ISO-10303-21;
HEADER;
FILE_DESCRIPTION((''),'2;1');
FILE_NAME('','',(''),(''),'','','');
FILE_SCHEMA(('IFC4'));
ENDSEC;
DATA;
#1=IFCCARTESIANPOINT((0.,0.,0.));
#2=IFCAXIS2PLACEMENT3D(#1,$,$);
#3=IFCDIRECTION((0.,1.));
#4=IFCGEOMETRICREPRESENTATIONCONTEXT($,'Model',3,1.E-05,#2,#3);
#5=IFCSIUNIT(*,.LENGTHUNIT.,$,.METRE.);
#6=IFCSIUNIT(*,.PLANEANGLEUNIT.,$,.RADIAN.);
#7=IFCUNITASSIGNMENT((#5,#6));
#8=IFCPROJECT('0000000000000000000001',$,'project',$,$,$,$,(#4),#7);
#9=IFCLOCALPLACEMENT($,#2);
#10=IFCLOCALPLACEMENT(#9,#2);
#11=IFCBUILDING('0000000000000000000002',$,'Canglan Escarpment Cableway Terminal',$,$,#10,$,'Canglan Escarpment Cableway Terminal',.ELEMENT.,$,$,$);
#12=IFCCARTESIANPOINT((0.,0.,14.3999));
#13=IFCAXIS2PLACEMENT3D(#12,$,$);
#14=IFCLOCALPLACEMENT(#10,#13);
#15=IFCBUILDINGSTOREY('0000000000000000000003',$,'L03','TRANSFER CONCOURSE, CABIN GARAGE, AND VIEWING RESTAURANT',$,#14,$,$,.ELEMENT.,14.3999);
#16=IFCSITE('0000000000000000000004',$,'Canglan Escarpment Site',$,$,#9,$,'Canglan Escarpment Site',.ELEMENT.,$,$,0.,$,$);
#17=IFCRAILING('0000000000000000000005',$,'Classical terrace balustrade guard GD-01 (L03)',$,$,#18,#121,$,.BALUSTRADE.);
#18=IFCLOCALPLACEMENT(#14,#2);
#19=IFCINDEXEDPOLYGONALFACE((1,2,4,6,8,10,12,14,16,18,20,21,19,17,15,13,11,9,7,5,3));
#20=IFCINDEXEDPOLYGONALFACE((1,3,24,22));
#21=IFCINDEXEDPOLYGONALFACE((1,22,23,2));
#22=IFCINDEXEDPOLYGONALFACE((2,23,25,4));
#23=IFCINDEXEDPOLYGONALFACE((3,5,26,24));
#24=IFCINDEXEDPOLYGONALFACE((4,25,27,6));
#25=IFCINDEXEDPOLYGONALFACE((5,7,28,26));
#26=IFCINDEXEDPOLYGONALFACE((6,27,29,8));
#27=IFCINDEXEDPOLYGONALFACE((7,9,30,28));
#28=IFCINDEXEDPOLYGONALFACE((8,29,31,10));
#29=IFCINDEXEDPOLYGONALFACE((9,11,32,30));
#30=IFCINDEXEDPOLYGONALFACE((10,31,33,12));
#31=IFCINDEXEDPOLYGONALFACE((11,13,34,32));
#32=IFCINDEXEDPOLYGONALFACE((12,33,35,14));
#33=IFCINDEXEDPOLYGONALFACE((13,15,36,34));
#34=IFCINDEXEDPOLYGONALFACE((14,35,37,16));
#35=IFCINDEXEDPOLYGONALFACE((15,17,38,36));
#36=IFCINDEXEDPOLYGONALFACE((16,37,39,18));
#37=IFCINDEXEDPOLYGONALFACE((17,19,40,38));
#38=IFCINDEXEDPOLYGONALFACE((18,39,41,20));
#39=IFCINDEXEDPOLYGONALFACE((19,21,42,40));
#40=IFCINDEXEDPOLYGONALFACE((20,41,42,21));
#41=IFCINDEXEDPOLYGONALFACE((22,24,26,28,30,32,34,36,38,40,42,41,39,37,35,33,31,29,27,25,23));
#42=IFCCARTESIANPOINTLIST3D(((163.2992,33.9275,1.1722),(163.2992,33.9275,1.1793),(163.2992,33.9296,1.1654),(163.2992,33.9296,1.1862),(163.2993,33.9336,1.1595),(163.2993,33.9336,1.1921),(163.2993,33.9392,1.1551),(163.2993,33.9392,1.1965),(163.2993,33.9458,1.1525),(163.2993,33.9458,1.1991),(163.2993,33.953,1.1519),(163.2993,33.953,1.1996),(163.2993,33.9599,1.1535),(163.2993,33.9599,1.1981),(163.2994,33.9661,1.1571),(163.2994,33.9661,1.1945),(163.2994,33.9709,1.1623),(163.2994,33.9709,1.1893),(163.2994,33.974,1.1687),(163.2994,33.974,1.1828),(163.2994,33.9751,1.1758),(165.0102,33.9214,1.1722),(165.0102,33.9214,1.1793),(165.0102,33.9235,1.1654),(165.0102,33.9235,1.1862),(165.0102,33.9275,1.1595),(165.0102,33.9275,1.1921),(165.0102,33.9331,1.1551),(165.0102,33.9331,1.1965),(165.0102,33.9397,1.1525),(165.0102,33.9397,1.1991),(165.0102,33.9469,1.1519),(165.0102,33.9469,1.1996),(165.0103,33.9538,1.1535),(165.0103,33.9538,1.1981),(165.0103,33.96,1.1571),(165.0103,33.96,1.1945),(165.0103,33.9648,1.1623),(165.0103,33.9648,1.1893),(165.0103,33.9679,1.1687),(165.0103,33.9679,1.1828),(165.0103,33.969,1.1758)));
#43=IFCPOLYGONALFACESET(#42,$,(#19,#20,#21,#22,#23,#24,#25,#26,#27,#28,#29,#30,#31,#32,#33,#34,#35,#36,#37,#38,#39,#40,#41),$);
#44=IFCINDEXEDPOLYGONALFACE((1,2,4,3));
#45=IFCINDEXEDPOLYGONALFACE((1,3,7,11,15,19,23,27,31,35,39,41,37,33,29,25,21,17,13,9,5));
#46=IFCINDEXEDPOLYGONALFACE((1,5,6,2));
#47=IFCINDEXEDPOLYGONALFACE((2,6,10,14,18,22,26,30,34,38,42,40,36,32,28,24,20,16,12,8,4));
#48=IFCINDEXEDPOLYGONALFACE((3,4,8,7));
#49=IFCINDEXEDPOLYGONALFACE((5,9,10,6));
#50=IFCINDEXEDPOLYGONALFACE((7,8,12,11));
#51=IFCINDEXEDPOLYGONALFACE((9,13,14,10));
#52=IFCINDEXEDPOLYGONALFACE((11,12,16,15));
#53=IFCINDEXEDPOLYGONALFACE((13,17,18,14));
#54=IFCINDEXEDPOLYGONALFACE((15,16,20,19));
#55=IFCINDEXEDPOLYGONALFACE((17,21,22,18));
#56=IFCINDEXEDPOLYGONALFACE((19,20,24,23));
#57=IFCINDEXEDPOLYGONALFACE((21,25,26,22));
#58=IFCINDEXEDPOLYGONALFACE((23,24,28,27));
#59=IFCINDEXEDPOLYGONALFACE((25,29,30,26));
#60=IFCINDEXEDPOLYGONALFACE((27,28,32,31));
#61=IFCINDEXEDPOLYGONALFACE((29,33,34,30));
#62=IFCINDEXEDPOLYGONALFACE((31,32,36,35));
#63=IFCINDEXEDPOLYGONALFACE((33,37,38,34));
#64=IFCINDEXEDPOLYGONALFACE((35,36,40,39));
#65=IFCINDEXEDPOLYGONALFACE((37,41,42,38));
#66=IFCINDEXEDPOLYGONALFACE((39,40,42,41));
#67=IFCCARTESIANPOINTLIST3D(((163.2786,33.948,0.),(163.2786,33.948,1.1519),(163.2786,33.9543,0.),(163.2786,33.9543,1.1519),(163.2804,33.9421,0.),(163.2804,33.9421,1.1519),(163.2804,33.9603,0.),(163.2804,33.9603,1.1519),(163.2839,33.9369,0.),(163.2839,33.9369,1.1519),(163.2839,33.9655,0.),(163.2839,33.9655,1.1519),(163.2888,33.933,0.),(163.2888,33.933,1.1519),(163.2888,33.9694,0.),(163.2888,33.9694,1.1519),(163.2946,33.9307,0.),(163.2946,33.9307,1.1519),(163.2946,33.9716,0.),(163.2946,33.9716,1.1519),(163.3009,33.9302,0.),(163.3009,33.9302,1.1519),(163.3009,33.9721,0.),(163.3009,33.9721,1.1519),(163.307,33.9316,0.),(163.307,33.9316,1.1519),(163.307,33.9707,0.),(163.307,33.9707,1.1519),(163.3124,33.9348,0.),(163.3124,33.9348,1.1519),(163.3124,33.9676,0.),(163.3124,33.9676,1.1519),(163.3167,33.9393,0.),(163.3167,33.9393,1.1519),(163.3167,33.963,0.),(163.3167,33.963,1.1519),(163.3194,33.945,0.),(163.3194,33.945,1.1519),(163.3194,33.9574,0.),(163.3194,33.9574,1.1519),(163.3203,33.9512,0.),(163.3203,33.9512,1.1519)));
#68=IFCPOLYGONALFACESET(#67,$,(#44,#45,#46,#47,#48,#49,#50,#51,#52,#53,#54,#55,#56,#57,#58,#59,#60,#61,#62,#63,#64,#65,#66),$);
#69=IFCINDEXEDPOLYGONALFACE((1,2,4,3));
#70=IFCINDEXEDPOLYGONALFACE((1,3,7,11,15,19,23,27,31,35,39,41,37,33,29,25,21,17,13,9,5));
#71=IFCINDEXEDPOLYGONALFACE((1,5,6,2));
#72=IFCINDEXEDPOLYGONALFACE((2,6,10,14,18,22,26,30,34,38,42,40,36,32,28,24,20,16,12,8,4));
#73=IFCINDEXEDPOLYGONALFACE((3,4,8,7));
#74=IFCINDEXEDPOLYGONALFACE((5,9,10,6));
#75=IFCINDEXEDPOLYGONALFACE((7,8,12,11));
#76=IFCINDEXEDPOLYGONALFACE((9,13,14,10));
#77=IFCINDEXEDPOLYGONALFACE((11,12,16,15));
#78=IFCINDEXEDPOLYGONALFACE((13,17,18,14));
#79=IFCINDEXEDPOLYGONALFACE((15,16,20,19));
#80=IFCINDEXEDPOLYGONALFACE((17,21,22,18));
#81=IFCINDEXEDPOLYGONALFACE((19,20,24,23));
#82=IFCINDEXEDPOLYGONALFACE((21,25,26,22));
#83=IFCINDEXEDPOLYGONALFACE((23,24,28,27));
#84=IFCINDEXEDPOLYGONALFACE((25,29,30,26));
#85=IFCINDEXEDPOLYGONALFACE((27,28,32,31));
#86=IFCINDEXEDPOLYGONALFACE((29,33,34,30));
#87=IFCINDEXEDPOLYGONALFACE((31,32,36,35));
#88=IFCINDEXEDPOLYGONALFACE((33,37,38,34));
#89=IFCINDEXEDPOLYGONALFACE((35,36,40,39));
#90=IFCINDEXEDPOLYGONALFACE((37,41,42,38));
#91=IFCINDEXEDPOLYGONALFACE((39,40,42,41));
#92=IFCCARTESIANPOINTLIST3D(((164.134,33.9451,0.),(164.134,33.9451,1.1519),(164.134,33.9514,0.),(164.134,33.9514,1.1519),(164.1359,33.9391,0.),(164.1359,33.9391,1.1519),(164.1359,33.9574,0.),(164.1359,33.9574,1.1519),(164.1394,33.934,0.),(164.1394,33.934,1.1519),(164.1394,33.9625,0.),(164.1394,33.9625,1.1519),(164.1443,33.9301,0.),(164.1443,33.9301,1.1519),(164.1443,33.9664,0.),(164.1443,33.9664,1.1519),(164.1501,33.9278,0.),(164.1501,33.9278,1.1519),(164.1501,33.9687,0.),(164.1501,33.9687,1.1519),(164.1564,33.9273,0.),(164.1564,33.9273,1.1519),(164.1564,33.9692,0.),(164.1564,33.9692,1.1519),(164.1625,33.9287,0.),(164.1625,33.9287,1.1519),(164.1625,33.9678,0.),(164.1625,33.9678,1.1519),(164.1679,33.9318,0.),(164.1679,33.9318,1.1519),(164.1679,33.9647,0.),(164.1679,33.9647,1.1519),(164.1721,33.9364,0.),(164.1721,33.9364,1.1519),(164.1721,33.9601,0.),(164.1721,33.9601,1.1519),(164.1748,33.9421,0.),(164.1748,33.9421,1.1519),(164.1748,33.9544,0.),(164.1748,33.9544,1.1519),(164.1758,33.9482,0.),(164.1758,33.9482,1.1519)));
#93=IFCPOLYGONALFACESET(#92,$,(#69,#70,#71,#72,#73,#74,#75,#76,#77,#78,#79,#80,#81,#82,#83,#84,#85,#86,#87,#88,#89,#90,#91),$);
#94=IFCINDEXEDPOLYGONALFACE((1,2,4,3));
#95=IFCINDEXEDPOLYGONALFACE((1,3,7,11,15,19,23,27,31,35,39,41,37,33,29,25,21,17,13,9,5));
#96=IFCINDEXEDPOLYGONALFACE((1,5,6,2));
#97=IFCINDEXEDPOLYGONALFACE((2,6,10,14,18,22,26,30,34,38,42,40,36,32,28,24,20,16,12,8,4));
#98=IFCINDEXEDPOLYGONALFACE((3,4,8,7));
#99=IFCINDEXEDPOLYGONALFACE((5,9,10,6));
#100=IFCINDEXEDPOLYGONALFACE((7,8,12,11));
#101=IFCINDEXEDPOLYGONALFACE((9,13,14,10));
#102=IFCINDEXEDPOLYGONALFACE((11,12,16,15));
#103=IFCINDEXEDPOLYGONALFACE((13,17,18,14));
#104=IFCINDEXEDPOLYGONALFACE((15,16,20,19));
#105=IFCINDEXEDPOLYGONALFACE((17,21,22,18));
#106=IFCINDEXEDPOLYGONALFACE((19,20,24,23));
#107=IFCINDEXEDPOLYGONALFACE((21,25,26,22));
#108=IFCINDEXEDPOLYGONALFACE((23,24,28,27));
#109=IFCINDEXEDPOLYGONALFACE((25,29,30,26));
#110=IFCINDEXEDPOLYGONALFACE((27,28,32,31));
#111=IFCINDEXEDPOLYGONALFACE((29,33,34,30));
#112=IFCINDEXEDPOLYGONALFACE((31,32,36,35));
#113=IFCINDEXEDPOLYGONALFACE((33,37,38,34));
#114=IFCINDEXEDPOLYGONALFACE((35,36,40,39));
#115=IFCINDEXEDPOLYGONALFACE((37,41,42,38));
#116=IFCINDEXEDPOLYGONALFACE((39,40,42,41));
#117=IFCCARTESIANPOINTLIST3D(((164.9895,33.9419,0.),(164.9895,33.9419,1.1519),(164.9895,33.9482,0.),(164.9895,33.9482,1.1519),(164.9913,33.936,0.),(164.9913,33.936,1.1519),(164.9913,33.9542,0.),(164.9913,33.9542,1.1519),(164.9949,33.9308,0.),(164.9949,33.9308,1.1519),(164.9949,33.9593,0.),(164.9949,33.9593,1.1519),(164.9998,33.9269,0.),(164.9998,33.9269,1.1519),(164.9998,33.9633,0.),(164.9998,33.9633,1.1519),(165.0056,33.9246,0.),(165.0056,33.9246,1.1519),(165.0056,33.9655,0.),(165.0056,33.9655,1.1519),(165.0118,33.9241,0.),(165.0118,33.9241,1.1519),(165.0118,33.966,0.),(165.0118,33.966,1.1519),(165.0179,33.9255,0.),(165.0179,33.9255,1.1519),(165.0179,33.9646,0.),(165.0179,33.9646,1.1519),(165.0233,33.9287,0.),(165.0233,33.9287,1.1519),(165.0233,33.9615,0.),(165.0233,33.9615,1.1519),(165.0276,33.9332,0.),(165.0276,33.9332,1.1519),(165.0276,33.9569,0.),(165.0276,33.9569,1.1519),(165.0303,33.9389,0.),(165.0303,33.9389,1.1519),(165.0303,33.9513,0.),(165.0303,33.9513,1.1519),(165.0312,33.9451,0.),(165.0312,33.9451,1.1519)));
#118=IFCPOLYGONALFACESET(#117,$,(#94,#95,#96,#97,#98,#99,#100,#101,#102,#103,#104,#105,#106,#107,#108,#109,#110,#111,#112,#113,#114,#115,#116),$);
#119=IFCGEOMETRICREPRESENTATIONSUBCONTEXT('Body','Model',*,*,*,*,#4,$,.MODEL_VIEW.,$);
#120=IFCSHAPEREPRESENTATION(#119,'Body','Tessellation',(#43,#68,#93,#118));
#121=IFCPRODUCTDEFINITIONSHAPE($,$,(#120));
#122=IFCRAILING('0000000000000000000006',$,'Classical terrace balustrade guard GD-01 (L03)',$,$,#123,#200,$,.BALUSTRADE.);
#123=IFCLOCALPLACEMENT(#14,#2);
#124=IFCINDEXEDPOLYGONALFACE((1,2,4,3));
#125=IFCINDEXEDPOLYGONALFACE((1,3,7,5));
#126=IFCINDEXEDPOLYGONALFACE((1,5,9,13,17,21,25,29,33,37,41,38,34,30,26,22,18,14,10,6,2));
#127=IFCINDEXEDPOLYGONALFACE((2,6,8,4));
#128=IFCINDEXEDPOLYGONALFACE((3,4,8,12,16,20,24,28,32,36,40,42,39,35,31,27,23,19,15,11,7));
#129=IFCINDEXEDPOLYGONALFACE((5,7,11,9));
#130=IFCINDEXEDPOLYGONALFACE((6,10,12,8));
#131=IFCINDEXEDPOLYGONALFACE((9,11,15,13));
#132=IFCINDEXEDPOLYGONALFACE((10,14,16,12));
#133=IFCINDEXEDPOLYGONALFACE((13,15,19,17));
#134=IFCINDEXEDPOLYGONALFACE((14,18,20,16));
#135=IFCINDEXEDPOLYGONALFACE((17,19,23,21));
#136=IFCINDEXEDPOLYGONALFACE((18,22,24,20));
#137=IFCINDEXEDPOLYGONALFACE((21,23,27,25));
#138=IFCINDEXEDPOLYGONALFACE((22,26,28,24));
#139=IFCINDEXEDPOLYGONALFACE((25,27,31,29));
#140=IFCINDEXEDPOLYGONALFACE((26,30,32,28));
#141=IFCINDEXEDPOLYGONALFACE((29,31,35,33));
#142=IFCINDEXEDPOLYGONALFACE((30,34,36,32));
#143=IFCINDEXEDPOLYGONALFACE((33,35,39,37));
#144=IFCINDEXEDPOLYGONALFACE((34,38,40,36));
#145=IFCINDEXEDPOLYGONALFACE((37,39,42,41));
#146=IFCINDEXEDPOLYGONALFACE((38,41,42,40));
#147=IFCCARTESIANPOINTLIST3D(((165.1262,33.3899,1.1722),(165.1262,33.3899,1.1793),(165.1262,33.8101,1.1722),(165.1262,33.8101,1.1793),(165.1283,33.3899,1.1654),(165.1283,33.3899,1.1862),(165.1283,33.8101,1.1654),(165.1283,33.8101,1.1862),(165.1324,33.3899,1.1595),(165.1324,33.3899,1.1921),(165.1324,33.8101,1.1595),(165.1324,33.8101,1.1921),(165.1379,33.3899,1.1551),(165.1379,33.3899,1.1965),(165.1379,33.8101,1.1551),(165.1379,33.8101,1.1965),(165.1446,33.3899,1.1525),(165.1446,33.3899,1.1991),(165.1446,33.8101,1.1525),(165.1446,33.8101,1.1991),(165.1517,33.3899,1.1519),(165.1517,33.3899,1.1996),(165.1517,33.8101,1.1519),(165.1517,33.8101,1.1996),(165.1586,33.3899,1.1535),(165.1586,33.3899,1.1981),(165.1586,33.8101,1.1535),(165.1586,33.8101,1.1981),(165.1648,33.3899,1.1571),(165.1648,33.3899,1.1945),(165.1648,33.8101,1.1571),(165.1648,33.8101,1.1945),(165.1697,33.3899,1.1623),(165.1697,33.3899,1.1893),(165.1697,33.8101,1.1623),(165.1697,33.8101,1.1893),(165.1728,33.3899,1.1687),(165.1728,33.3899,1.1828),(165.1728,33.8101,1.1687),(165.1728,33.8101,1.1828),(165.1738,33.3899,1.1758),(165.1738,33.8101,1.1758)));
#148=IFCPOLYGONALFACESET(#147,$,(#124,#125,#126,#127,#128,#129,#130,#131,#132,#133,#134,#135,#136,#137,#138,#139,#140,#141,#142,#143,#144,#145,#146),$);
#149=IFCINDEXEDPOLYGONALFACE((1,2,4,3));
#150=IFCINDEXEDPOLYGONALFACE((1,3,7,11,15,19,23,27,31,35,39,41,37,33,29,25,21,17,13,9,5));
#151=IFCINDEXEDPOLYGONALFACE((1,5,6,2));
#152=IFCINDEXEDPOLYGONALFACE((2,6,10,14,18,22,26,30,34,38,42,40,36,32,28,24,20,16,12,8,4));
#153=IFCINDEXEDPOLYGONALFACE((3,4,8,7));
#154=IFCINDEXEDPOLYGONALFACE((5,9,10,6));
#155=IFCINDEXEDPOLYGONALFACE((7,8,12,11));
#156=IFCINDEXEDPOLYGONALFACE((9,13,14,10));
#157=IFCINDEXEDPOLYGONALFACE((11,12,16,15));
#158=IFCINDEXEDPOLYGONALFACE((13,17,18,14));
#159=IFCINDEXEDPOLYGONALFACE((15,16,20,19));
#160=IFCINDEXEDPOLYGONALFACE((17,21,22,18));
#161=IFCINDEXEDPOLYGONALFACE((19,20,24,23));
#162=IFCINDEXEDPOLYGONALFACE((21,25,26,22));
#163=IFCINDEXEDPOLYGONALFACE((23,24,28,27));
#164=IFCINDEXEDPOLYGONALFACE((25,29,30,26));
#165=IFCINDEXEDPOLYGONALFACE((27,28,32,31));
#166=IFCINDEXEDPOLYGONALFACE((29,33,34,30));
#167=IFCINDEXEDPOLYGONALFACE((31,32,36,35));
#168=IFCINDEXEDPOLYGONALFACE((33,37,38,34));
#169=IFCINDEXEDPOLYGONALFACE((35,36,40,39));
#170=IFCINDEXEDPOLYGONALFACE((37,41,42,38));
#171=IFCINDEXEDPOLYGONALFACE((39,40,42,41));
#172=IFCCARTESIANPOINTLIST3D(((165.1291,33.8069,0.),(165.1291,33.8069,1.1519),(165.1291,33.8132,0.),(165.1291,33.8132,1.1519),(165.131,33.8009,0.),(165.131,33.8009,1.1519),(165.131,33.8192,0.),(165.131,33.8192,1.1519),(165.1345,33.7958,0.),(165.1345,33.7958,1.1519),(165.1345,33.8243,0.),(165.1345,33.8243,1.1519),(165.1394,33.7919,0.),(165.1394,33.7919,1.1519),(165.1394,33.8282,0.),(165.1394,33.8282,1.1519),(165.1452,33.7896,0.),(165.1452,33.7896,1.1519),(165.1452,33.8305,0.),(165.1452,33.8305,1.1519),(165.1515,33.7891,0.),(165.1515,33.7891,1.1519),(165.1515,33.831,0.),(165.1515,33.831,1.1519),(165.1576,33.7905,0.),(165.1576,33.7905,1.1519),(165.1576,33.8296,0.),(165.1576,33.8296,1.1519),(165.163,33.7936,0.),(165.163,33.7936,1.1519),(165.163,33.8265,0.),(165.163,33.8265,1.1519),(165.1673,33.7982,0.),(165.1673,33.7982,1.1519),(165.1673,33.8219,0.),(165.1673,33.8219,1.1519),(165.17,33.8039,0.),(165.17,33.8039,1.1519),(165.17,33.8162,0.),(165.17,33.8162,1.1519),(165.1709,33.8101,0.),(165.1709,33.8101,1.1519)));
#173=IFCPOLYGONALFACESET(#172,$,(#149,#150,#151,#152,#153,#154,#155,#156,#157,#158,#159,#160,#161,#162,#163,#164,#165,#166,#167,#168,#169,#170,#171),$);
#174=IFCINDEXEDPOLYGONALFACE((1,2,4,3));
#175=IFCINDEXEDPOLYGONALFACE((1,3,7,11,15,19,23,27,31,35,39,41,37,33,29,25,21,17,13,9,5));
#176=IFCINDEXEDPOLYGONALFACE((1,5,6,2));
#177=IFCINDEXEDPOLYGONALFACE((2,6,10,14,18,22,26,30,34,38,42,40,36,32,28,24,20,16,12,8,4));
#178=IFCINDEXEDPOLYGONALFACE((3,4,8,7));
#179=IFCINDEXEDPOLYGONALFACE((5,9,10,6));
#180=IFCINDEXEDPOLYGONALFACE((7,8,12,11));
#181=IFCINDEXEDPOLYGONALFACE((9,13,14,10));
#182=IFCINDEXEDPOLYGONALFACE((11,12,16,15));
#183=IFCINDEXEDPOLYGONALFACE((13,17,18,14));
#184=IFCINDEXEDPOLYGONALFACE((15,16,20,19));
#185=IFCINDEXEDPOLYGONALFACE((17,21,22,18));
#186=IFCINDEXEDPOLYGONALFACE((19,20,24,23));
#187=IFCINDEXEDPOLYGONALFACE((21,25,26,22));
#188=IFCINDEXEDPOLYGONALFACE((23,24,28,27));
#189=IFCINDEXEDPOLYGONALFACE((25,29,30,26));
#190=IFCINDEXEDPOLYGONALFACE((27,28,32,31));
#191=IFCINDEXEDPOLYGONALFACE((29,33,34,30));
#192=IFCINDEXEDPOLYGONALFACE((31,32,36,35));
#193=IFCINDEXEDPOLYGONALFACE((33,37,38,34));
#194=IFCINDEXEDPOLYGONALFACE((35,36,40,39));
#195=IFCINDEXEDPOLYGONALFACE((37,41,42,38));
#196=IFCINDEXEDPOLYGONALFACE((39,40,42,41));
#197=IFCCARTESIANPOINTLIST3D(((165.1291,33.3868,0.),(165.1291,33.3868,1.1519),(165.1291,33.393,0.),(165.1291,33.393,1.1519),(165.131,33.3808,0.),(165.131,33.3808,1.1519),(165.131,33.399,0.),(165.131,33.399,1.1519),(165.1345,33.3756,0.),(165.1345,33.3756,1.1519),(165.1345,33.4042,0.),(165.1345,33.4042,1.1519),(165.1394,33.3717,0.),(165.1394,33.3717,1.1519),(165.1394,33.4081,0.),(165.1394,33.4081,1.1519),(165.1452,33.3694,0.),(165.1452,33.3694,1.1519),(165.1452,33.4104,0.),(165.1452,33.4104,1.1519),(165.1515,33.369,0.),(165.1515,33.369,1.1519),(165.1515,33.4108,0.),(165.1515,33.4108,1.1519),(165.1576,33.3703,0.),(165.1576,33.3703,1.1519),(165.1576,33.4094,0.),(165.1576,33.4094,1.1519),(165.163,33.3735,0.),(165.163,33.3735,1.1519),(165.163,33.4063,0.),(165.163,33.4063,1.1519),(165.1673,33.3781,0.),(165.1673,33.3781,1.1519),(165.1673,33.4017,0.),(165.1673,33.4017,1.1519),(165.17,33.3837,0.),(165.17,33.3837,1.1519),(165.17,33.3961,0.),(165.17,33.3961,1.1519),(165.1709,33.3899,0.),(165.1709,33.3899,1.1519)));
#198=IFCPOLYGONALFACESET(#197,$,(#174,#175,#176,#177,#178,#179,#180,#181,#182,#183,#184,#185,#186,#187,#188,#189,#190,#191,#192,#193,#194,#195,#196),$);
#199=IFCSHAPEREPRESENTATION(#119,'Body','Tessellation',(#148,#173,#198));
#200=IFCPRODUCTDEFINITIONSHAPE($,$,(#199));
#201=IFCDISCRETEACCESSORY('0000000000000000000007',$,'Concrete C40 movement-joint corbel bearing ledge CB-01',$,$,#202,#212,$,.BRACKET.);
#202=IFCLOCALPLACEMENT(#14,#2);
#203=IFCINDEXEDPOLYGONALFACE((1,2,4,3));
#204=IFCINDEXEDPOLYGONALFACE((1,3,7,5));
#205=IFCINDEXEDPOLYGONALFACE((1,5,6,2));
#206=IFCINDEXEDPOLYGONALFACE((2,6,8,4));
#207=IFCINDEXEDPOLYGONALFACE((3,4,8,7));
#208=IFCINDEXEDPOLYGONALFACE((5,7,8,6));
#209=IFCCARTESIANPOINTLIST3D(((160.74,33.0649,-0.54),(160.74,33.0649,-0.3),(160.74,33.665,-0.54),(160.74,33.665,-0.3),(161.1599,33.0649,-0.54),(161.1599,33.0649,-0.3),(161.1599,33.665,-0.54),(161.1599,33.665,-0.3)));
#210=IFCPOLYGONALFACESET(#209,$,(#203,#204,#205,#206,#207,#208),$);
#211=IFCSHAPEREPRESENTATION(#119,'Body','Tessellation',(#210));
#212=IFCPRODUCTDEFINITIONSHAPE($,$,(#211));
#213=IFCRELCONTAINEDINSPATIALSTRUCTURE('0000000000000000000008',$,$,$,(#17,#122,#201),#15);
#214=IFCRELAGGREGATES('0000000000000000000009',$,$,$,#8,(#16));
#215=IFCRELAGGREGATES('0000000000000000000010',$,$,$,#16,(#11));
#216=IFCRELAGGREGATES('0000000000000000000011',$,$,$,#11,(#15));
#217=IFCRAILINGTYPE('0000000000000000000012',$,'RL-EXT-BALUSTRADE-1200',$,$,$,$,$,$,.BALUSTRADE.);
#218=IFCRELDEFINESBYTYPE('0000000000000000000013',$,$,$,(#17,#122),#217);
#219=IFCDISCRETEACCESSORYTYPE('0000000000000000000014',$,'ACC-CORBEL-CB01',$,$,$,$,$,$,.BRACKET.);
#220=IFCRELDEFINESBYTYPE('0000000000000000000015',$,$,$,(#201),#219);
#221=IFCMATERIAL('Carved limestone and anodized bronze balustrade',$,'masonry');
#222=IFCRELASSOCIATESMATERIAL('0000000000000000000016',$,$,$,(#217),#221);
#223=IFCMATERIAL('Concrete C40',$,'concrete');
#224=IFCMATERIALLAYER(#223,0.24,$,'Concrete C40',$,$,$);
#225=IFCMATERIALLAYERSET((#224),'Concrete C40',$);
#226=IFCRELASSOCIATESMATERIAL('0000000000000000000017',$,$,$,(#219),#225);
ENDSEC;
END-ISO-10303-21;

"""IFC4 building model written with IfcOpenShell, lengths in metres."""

from ifc_helpers import new_model, si_unit, direction, frame, origin, origin_2d, place, context, subcontext, project, spatial, rectangle, circle, extrude, material, layer, layer_set, type_object, element, save


model = new_model("IFC4")

# Units and contexts
model_context = context("Model", 3, precision=1e-05, world=origin(), true_north=direction((0.0, 1.0)))
body_context = subcontext(model_context, "Body", "Model", "MODEL_VIEW")
ifc_project = project(units=[si_unit("LENGTHUNIT", "METRE"), si_unit("PLANEANGLEUNIT", "RADIAN")], contexts=[model_context])

# Site, building, storey
site_placement = place(None, origin())
site = spatial("IfcSite", under=ifc_project, at=site_placement, Name="Canglan Escarpment Site", LongName="Canglan Escarpment Site", CompositionType="ELEMENT", RefElevation=0.0)
building_placement = place(site_placement, origin())
building = spatial("IfcBuilding", under=site, at=building_placement, Name="Canglan Escarpment Cableway Terminal", LongName="Canglan Escarpment Cableway Terminal", CompositionType="ELEMENT")
storey_placement = place(building_placement, frame((0.0, 0.0, 14.3999)))
storey = spatial("IfcBuildingStorey", under=building, at=storey_placement, Name="L03", Description="TRANSFER CONCOURSE, CABIN GARAGE, AND VIEWING RESTAURANT", CompositionType="ELEMENT", Elevation=14.3999)

# Shared definitions
ifc_material_1 = material(Name="Concrete C40", Category="concrete")

# Railings
ifc_material_2 = material(Name="Carved limestone and anodized bronze balustrade", Category="masonry")
railing_type = type_object("IfcRailingType", Name="RL-EXT-BALUSTRADE-1200", PredefinedType="BALUSTRADE", material=ifc_material_2)
railing_1_placement = place(storey_placement, frame((163.2993, 33.9512, 0.0)))
element("IfcRailing", 1, at=railing_1_placement, inside=storey, type_object=railing_type, Name="Classical terrace balustrade guard GD-01 (L03)", PredefinedType="BALUSTRADE", context=body_context, shape_type="SweptSolid", body=[
    extrude(circle(Radius=0.0239, at=origin_2d()), frame((0.0, 0.0, 1.1758), z_axis=(0.999994, -0.003567, 0.0), x_axis=(0.003567, 0.999994, 0.0)), (0.0, 0.0, 1.0), 1.7109),
    extrude(circle(Radius=0.021, at=origin_2d()), origin(), (0.0, 0.0, 1.0), 1.1519),
    extrude(circle(Radius=0.021, at=origin_2d()), frame((0.8555, -0.0029, 0.0)), (0.0, 0.0, 1.0), 1.1519),
    extrude(circle(Radius=0.021, at=origin_2d()), frame((1.7109, -0.0061, 0.0)), (0.0, 0.0, 1.0), 1.1519),
])
railing_2_placement = place(storey_placement, frame((165.1499, 33.8101, 0.0)))
element("IfcRailing", 2, at=railing_2_placement, inside=storey, type_object=railing_type, Name="Classical terrace balustrade guard GD-01 (L03)", PredefinedType="BALUSTRADE", context=body_context, shape_type="SweptSolid", body=[
    extrude(circle(Radius=0.0239, at=origin_2d()), frame((0.0, 0.0, 1.1758), z_axis=(0.0, -1.0, 0.0), x_axis=(1.0, 0.0, 0.0)), (0.0, 0.0, 1.0), 0.4202),
    extrude(circle(Radius=0.021, at=origin_2d()), origin(), (0.0, 0.0, 1.0), 1.1519),
    extrude(circle(Radius=0.021, at=origin_2d()), frame((0.0, -0.4202, 0.0)), (0.0, 0.0, 1.0), 1.1519),
])

# Discrete accessory
ifc_layer_1 = layer(ifc_material_1, 0.24, Name="Concrete C40")
ifc_layer_set_1 = layer_set([ifc_layer_1], Name="Concrete C40")
discrete_accessory_type_1 = type_object("IfcDiscreteAccessoryType", Name="ACC-CORBEL-CB01", PredefinedType="BRACKET", material=ifc_layer_set_1)
for number, where, z_axis, x_axis, name in (
    (3, (160.95, 33.365, -0.54), (0.0, 0.0, 1.0), (1.0, 0.0, 0.0), "Concrete C40 movement-joint corbel bearing ledge CB-01"),
):
    element("IfcDiscreteAccessory", number, at=place(storey_placement, frame(where, z_axis=z_axis, x_axis=x_axis)), inside=storey, type_object=discrete_accessory_type_1, Name=name, PredefinedType="BRACKET", context=body_context, shape_type="SweptSolid", body=[
        extrude(rectangle(XDim=0.4199, YDim=0.6001, at=origin_2d()), origin(), (0.0, 0.0, 1.0), 0.24),
    ])

save(model, "model.ifc")
